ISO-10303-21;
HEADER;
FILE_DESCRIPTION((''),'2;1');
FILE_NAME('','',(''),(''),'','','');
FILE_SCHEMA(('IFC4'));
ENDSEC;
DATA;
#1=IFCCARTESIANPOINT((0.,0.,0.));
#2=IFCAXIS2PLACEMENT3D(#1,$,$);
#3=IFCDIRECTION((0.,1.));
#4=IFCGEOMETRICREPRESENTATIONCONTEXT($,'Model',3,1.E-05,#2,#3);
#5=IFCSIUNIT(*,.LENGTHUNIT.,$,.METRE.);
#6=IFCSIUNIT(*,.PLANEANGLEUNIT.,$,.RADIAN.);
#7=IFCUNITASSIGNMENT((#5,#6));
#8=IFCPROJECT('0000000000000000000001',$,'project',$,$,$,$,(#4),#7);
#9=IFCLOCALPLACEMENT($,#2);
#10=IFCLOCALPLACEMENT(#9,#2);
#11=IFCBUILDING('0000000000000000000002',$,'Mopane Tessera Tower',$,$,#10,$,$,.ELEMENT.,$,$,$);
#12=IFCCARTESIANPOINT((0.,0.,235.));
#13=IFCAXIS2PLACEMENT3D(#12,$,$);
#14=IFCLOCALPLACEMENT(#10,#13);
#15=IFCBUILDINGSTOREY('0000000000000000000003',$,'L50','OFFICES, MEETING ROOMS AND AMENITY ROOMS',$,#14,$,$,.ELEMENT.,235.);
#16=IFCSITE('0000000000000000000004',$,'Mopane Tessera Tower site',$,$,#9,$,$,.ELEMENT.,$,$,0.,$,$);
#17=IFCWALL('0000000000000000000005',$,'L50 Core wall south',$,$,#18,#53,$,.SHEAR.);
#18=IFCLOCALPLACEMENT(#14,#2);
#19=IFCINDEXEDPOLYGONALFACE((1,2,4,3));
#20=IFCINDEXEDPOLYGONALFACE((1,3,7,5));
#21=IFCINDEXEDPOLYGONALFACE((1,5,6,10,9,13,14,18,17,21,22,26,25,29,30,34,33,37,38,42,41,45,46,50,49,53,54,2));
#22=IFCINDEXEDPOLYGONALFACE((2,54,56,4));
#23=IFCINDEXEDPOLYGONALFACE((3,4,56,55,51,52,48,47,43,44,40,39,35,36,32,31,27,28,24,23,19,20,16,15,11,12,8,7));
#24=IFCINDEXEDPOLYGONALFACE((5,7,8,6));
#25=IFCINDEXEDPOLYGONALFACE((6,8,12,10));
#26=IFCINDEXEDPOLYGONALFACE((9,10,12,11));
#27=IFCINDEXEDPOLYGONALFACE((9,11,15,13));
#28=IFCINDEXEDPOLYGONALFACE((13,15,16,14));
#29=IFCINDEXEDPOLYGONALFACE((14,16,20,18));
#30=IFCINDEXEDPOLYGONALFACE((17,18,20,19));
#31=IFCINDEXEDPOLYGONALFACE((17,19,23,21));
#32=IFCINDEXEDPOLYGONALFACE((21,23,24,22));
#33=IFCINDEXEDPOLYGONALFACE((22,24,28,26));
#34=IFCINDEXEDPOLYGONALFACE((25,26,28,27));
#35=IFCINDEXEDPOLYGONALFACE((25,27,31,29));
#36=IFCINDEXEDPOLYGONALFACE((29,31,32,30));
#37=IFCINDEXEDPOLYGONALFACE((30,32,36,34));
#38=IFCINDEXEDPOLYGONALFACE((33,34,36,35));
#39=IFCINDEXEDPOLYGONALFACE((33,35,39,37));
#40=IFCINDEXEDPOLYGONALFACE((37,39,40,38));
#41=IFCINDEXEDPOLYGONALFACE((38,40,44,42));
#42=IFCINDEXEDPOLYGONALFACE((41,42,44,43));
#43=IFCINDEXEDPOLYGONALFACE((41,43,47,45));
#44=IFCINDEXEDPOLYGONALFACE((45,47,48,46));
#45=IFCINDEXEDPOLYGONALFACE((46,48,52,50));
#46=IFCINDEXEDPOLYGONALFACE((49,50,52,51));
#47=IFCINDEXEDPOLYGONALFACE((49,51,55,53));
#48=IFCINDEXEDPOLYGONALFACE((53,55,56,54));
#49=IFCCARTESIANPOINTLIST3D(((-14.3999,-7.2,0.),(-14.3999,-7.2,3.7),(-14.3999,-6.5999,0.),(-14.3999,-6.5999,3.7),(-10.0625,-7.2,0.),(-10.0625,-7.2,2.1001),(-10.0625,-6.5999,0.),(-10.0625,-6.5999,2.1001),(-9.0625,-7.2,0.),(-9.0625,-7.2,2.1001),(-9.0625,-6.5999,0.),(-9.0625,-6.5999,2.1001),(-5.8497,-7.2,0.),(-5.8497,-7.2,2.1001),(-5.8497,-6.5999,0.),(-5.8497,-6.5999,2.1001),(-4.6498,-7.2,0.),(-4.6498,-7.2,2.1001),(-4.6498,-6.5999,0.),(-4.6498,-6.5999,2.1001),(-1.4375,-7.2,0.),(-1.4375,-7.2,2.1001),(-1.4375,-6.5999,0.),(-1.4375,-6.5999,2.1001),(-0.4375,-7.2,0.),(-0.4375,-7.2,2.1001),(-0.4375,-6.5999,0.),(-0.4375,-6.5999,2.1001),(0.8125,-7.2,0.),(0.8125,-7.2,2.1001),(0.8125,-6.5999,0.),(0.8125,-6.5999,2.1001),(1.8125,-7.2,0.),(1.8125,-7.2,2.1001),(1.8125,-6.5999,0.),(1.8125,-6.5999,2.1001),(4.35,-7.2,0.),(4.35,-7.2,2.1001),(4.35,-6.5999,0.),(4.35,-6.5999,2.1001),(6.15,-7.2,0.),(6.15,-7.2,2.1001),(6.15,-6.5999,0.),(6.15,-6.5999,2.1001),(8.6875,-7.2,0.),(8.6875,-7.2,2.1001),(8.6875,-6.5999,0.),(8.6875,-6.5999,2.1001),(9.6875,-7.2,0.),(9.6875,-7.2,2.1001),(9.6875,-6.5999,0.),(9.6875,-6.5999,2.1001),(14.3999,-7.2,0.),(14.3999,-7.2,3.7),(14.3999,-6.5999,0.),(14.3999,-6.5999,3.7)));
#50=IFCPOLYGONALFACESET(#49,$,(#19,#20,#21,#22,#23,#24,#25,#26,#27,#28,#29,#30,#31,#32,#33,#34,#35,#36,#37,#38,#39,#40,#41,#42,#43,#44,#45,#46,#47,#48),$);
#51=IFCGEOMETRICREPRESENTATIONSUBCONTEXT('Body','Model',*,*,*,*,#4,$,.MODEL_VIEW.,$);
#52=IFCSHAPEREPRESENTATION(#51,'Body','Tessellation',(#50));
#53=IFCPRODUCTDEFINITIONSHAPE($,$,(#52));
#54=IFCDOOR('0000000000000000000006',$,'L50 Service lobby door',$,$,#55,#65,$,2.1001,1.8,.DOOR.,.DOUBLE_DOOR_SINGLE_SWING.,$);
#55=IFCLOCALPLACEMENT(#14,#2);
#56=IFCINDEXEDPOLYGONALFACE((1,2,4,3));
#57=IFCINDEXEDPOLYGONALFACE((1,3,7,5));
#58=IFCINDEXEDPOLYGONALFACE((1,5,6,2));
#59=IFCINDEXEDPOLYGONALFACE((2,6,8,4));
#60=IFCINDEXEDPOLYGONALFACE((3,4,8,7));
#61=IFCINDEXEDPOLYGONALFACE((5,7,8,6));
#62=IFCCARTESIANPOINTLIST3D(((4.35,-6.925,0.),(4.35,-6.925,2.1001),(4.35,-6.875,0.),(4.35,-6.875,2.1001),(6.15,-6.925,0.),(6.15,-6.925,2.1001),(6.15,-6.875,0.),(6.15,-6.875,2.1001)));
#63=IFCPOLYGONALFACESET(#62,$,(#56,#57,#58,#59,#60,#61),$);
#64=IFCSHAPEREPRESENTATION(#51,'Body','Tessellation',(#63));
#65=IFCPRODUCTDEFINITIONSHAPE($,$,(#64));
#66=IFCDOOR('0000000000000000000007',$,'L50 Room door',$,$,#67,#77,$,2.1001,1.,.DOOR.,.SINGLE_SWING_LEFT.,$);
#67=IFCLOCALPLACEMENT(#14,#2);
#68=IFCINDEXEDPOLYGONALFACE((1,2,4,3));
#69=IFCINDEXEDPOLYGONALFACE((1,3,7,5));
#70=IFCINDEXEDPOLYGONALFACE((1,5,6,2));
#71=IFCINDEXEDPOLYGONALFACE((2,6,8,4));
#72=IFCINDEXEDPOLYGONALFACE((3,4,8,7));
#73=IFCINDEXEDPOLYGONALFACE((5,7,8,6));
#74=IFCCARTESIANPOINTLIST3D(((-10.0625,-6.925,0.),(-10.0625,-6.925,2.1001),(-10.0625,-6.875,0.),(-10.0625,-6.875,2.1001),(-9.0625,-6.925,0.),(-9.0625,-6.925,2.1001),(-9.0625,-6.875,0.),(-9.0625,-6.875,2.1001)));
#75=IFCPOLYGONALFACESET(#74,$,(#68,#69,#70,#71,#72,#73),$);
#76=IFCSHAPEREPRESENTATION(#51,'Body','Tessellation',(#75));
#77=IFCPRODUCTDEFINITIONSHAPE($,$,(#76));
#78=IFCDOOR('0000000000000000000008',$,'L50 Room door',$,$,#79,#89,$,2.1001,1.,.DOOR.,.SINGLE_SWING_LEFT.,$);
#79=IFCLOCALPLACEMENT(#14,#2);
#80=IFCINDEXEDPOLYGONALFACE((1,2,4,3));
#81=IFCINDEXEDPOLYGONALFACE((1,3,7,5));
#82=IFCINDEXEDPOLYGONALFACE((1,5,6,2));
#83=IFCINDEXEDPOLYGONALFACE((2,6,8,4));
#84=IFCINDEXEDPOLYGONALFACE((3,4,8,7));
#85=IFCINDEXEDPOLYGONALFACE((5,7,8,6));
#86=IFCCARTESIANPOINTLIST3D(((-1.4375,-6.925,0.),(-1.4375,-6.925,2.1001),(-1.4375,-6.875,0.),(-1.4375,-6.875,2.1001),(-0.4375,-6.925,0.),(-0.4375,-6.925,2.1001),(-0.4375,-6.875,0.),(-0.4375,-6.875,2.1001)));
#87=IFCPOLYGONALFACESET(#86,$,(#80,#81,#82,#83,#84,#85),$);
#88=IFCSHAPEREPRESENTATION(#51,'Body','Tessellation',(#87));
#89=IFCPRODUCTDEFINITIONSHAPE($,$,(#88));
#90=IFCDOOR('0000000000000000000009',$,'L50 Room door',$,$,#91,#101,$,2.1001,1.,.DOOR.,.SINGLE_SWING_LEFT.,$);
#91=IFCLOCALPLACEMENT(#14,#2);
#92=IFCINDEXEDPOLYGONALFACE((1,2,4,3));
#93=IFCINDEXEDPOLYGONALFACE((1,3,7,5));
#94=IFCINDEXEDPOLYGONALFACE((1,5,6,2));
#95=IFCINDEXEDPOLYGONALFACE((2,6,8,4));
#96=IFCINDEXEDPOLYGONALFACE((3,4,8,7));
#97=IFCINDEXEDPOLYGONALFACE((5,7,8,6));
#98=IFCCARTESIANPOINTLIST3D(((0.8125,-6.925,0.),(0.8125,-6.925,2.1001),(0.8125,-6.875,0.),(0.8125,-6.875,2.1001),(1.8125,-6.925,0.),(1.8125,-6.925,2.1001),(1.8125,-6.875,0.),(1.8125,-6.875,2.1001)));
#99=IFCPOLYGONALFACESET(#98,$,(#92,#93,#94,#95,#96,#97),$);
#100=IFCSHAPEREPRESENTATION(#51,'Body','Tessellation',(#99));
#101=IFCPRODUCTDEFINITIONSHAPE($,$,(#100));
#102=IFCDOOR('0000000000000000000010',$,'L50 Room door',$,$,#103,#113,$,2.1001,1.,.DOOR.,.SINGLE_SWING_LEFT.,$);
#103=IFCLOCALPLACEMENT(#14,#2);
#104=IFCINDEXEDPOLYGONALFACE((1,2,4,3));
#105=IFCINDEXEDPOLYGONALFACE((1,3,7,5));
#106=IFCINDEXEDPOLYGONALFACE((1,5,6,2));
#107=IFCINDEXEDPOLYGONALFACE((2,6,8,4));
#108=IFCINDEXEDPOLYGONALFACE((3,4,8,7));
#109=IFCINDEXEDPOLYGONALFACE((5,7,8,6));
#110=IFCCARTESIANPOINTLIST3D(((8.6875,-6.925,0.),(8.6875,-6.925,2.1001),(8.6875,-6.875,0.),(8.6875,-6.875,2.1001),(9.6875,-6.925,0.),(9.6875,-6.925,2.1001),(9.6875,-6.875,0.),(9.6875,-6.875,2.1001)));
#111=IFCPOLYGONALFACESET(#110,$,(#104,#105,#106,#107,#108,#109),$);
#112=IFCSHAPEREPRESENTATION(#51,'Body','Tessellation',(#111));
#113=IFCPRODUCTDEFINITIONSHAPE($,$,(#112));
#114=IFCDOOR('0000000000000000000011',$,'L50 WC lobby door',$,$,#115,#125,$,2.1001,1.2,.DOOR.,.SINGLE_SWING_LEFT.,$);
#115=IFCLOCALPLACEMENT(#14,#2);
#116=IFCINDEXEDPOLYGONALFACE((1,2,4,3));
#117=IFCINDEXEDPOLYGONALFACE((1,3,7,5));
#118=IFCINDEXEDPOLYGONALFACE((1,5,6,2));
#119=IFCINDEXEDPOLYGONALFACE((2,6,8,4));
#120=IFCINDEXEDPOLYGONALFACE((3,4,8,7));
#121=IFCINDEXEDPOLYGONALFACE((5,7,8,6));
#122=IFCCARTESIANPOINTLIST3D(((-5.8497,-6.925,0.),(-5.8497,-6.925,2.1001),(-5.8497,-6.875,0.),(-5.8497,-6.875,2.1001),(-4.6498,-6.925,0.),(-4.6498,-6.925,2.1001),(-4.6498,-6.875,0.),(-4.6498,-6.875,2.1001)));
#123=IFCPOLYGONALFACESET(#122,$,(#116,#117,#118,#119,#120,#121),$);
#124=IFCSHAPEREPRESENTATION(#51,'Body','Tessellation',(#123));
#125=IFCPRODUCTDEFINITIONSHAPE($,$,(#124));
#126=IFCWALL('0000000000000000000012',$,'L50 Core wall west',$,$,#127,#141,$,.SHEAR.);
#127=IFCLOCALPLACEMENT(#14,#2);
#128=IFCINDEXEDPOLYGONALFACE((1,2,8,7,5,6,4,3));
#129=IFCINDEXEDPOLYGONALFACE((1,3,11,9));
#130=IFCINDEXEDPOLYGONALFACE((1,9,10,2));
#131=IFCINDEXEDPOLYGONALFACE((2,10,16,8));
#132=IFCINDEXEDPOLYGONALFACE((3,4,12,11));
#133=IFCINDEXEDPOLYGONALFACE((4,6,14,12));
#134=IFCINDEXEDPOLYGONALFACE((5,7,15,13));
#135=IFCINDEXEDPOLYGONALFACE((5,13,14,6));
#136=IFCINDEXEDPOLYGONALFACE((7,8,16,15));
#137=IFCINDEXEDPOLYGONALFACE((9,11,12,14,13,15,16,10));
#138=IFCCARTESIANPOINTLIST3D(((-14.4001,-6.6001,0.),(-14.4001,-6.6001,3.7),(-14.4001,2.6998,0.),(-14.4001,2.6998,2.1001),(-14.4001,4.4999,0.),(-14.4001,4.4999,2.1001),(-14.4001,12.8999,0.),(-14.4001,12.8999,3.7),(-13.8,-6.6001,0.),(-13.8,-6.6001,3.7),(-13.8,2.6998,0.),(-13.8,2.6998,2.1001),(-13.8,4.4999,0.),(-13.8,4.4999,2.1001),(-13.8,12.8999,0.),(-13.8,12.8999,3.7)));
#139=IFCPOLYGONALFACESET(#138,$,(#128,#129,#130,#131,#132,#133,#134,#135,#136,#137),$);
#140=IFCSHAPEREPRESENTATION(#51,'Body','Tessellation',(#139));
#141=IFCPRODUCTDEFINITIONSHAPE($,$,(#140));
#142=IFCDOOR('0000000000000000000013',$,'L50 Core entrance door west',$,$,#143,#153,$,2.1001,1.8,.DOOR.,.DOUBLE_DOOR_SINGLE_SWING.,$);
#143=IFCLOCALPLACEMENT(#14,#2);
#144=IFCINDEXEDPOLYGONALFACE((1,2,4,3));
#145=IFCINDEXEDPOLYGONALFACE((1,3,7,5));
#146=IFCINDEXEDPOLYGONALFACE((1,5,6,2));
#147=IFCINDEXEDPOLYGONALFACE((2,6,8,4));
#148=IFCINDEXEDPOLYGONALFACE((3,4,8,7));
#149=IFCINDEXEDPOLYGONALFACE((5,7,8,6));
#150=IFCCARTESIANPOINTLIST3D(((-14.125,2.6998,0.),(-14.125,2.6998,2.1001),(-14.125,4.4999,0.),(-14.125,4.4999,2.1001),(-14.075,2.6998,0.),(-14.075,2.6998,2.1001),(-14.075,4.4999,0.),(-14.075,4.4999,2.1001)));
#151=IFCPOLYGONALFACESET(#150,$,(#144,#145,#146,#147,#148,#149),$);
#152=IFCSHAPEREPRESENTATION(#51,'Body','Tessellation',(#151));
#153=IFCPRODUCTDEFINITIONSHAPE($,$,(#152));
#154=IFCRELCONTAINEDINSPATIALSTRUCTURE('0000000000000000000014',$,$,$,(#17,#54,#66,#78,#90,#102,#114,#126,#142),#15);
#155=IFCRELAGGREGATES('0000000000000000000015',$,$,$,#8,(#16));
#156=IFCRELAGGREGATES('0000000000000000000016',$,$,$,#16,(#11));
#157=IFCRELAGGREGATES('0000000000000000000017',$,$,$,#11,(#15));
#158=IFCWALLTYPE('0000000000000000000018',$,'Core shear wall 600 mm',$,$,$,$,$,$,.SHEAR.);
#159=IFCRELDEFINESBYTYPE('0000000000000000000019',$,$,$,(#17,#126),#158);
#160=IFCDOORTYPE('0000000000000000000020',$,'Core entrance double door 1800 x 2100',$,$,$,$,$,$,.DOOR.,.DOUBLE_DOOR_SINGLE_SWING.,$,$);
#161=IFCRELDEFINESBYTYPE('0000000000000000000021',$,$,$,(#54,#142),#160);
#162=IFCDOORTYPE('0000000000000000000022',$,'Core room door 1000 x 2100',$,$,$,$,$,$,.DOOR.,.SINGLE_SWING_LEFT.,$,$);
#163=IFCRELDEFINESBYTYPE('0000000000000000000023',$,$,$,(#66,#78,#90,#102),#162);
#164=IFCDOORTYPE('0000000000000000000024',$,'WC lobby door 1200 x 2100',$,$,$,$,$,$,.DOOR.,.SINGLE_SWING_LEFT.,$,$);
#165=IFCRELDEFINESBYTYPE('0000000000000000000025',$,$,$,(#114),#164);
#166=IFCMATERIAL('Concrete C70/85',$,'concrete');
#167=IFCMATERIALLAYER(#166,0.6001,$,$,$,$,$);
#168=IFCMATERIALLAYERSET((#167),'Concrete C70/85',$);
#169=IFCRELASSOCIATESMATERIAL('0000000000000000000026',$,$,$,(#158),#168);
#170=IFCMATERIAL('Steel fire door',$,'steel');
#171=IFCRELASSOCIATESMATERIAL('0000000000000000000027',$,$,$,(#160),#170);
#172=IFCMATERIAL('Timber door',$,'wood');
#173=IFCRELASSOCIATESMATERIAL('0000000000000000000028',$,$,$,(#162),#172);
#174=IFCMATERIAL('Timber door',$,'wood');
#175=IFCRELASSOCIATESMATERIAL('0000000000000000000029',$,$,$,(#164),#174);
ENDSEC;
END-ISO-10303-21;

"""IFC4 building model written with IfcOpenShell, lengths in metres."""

from ifc_helpers import new_model, si_unit, direction, frame, frame_2d, origin, place, context, subcontext, project, spatial, rectangle, extrude, material, layer, layer_set, type_object, element, fill, save


model = new_model("IFC4")

# Units and contexts
model_context = context("Model", 3, precision=1e-05, world=origin(), true_north=direction((0.0, 1.0)))
body_context = subcontext(model_context, "Body", "Model", "MODEL_VIEW")
ifc_project = project(units=[si_unit("LENGTHUNIT", "METRE"), si_unit("PLANEANGLEUNIT", "RADIAN")], contexts=[model_context])

# Site, building, storey
site_placement = place(None, origin())
site = spatial("IfcSite", under=ifc_project, at=site_placement, Name="Mopane Tessera Tower site", CompositionType="ELEMENT", RefElevation=0.0)
building_placement = place(site_placement, origin())
building = spatial("IfcBuilding", under=site, at=building_placement, Name="Mopane Tessera Tower", CompositionType="ELEMENT")
storey_placement = place(building_placement, frame((0.0, 0.0, 235.0)))
storey = spatial("IfcBuildingStorey", under=building, at=storey_placement, Name="L50", Description="OFFICES, MEETING ROOMS AND AMENITY ROOMS", CompositionType="ELEMENT", Elevation=235.0)

# Wall, openings, doors
ifc_material_1 = material(Name="Concrete C70/85", Category="concrete")
ifc_layer_1 = layer(ifc_material_1, 0.6001)
ifc_layer_set_1 = layer_set([ifc_layer_1], Name="Concrete C70/85")
wall_type_1 = type_object("IfcWallType", Name="Core shear wall 600 mm", PredefinedType="SHEAR", material=ifc_layer_set_1)
wall_1_placement = place(storey_placement, frame((-14.3999, -6.8999, 0.0), z_axis=(0.0, 0.0, 1.0), x_axis=(1.0, 0.0, 0.0)))
wall_1 = element("IfcWall", 1, at=wall_1_placement, inside=storey, type_object=wall_type_1, Name="L50 Core wall south", PredefinedType="SHEAR", context=body_context, shape_type="SweptSolid", body=[
    extrude(rectangle(XDim=28.7998, YDim=0.6001, at=frame_2d((14.3999, 0.0))), origin(), (0.0, 0.0, 1.0), 3.7),
])
opening_1_placement = place(wall_1_placement, frame((4.3374, 0.0, 0.0)))
opening_1 = element("IfcOpeningElement", 2, at=opening_1_placement, cuts=wall_1, PredefinedType="OPENING", context=body_context, shape_type="SweptSolid", body=[
    extrude(rectangle(XDim=1.0, YDim=2.1001, at=frame_2d((0.5, 1.05))), frame((0.0, 0.312, 0.0), z_axis=(0.0, -1.0, 0.0), x_axis=(1.0, 0.0, 0.0)), (0.0, 0.0, 1.0), 0.624),
])
opening_2_placement = place(wall_1_placement, frame((8.55, 0.0, 0.0)))
opening_2 = element("IfcOpeningElement", 3, at=opening_2_placement, cuts=wall_1, PredefinedType="OPENING", context=body_context, shape_type="SweptSolid", body=[
    extrude(rectangle(XDim=1.2, YDim=2.1001, at=frame_2d((0.6001, 1.05))), frame((0.0, 0.312, 0.0), z_axis=(0.0, -1.0, 0.0), x_axis=(1.0, 0.0, 0.0)), (0.0, 0.0, 1.0), 0.624),
])
opening_3_placement = place(wall_1_placement, frame((12.9624, 0.0, 0.0)))
opening_3 = element("IfcOpeningElement", 4, at=opening_3_placement, cuts=wall_1, PredefinedType="OPENING", context=body_context, shape_type="SweptSolid", body=[
    extrude(rectangle(XDim=1.0, YDim=2.1001, at=frame_2d((0.5, 1.05))), frame((0.0, 0.312, 0.0), z_axis=(0.0, -1.0, 0.0), x_axis=(1.0, 0.0, 0.0)), (0.0, 0.0, 1.0), 0.624),
])
opening_4_placement = place(wall_1_placement, frame((15.2124, 0.0, 0.0)))
opening_4 = element("IfcOpeningElement", 5, at=opening_4_placement, cuts=wall_1, PredefinedType="OPENING", context=body_context, shape_type="SweptSolid", body=[
    extrude(rectangle(XDim=1.0, YDim=2.1001, at=frame_2d((0.5, 1.05))), frame((0.0, 0.312, 0.0), z_axis=(0.0, -1.0, 0.0), x_axis=(1.0, 0.0, 0.0)), (0.0, 0.0, 1.0), 0.624),
])
opening_5_placement = place(wall_1_placement, frame((18.75, 0.0, 0.0)))
opening_5 = element("IfcOpeningElement", 6, at=opening_5_placement, cuts=wall_1, PredefinedType="OPENING", context=body_context, shape_type="SweptSolid", body=[
    extrude(rectangle(XDim=1.8, YDim=2.1001, at=frame_2d((0.8999, 1.05))), frame((0.0, 0.312, 0.0), z_axis=(0.0, -1.0, 0.0), x_axis=(1.0, 0.0, 0.0)), (0.0, 0.0, 1.0), 0.624),
])
opening_6_placement = place(wall_1_placement, frame((23.0874, 0.0, 0.0)))
opening_6 = element("IfcOpeningElement", 7, at=opening_6_placement, cuts=wall_1, PredefinedType="OPENING", context=body_context, shape_type="SweptSolid", body=[
    extrude(rectangle(XDim=1.0, YDim=2.1001, at=frame_2d((0.5, 1.05))), frame((0.0, 0.312, 0.0), z_axis=(0.0, -1.0, 0.0), x_axis=(1.0, 0.0, 0.0)), (0.0, 0.0, 1.0), 0.624),
])
ifc_material_2 = material(Name="Steel fire door", Category="steel")
door_type_1 = type_object("IfcDoorType", Name="Core entrance double door 1800 x 2100", OperationType="DOUBLE_DOOR_SINGLE_SWING", PredefinedType="DOOR", material=ifc_material_2)
door_1_placement = place(opening_5_placement, origin())
door_1 = element("IfcDoor", 8, at=door_1_placement, inside=storey, type_object=door_type_1, Name="L50 Service lobby door", OperationType="DOUBLE_DOOR_SINGLE_SWING", OverallHeight=2.1001, OverallWidth=1.8, PredefinedType="DOOR", context=body_context, shape_type="SweptSolid", body=[
    extrude(rectangle(XDim=1.8, YDim=2.1001, at=frame_2d((0.8999, 1.05))), frame((0.0, 0.0249, 0.0), z_axis=(0.0, -1.0, 0.0), x_axis=(1.0, 0.0, 0.0)), (0.0, 0.0, 1.0), 0.05),
])
fill(opening_5, door_1)
ifc_material_3 = material(Name="Timber door", Category="wood")
door_type_2 = type_object("IfcDoorType", Name="Core room door 1000 x 2100", OperationType="SINGLE_SWING_LEFT", PredefinedType="DOOR", material=ifc_material_3)
door_2_placement = place(opening_1_placement, origin())
door_2 = element("IfcDoor", 9, at=door_2_placement, inside=storey, type_object=door_type_2, Name="L50 Room door", OperationType="SINGLE_SWING_LEFT", OverallHeight=2.1001, OverallWidth=1.0, PredefinedType="DOOR", context=body_context, shape_type="SweptSolid", body=[
    extrude(rectangle(XDim=1.0, YDim=2.1001, at=frame_2d((0.5, 1.05))), frame((0.0, 0.0249, 0.0), z_axis=(0.0, -1.0, 0.0), x_axis=(1.0, 0.0, 0.0)), (0.0, 0.0, 1.0), 0.05),
])
fill(opening_1, door_2)
door_3_placement = place(opening_3_placement, origin())
door_3 = element("IfcDoor", 10, at=door_3_placement, inside=storey, type_object=door_type_2, Name="L50 Room door", OperationType="SINGLE_SWING_LEFT", OverallHeight=2.1001, OverallWidth=1.0, PredefinedType="DOOR", context=body_context, shape_type="SweptSolid", body=[
    extrude(rectangle(XDim=1.0, YDim=2.1001, at=frame_2d((0.5, 1.05))), frame((0.0, 0.0249, 0.0), z_axis=(0.0, -1.0, 0.0), x_axis=(1.0, 0.0, 0.0)), (0.0, 0.0, 1.0), 0.05),
])
fill(opening_3, door_3)
door_4_placement = place(opening_4_placement, origin())
door_4 = element("IfcDoor", 11, at=door_4_placement, inside=storey, type_object=door_type_2, Name="L50 Room door", OperationType="SINGLE_SWING_LEFT", OverallHeight=2.1001, OverallWidth=1.0, PredefinedType="DOOR", context=body_context, shape_type="SweptSolid", body=[
    extrude(rectangle(XDim=1.0, YDim=2.1001, at=frame_2d((0.5, 1.05))), frame((0.0, 0.0249, 0.0), z_axis=(0.0, -1.0, 0.0), x_axis=(1.0, 0.0, 0.0)), (0.0, 0.0, 1.0), 0.05),
])
fill(opening_4, door_4)
door_5_placement = place(opening_6_placement, origin())
door_5 = element("IfcDoor", 12, at=door_5_placement, inside=storey, type_object=door_type_2, Name="L50 Room door", OperationType="SINGLE_SWING_LEFT", OverallHeight=2.1001, OverallWidth=1.0, PredefinedType="DOOR", context=body_context, shape_type="SweptSolid", body=[
    extrude(rectangle(XDim=1.0, YDim=2.1001, at=frame_2d((0.5, 1.05))), frame((0.0, 0.0249, 0.0), z_axis=(0.0, -1.0, 0.0), x_axis=(1.0, 0.0, 0.0)), (0.0, 0.0, 1.0), 0.05),
])
fill(opening_6, door_5)
ifc_material_4 = material(Name="Timber door", Category="wood")
door_type_3 = type_object("IfcDoorType", Name="WC lobby door 1200 x 2100", OperationType="SINGLE_SWING_LEFT", PredefinedType="DOOR", material=ifc_material_4)
door_6_placement = place(opening_2_placement, origin())
door_6 = element("IfcDoor", 13, at=door_6_placement, inside=storey, type_object=door_type_3, Name="L50 WC lobby door", OperationType="SINGLE_SWING_LEFT", OverallHeight=2.1001, OverallWidth=1.2, PredefinedType="DOOR", context=body_context, shape_type="SweptSolid", body=[
    extrude(rectangle(XDim=1.2, YDim=2.1001, at=frame_2d((0.6001, 1.05))), frame((0.0, 0.0249, 0.0), z_axis=(0.0, -1.0, 0.0), x_axis=(1.0, 0.0, 0.0)), (0.0, 0.0, 1.0), 0.05),
])
fill(opening_2, door_6)

# Wall, opening, door
wall_2_placement = place(storey_placement, frame((-14.1001, -6.6001, 0.0), z_axis=(0.0, 0.0, 1.0), x_axis=(0.0, 1.0, 0.0)))
wall_2 = element("IfcWall", 14, at=wall_2_placement, inside=storey, type_object=wall_type_1, Name="L50 Core wall west", PredefinedType="SHEAR", context=body_context, shape_type="SweptSolid", body=[
    extrude(rectangle(XDim=19.5, YDim=0.6001, at=frame_2d((9.75, 0.0))), origin(), (0.0, 0.0, 1.0), 3.7),
])
opening_7_placement = place(wall_2_placement, frame((9.3, 0.0, 0.0)))
opening_7 = element("IfcOpeningElement", 15, at=opening_7_placement, cuts=wall_2, PredefinedType="OPENING", context=body_context, shape_type="SweptSolid", body=[
    extrude(rectangle(XDim=1.8, YDim=2.1001, at=frame_2d((0.8999, 1.05))), frame((0.0, 0.312, 0.0), z_axis=(0.0, -1.0, 0.0), x_axis=(1.0, 0.0, 0.0)), (0.0, 0.0, 1.0), 0.624),
])
door_7_placement = place(opening_7_placement, origin())
door_7 = element("IfcDoor", 16, at=door_7_placement, inside=storey, type_object=door_type_1, Name="L50 Core entrance door west", OperationType="DOUBLE_DOOR_SINGLE_SWING", OverallHeight=2.1001, OverallWidth=1.8, PredefinedType="DOOR", context=body_context, shape_type="SweptSolid", body=[
    extrude(rectangle(XDim=1.8, YDim=2.1001, at=frame_2d((0.8999, 1.05))), frame((0.0, 0.0249, 0.0), z_axis=(0.0, -1.0, 0.0), x_axis=(1.0, 0.0, 0.0)), (0.0, 0.0, 1.0), 0.05),
])
fill(opening_7, door_7)

save(model, "model.ifc")
